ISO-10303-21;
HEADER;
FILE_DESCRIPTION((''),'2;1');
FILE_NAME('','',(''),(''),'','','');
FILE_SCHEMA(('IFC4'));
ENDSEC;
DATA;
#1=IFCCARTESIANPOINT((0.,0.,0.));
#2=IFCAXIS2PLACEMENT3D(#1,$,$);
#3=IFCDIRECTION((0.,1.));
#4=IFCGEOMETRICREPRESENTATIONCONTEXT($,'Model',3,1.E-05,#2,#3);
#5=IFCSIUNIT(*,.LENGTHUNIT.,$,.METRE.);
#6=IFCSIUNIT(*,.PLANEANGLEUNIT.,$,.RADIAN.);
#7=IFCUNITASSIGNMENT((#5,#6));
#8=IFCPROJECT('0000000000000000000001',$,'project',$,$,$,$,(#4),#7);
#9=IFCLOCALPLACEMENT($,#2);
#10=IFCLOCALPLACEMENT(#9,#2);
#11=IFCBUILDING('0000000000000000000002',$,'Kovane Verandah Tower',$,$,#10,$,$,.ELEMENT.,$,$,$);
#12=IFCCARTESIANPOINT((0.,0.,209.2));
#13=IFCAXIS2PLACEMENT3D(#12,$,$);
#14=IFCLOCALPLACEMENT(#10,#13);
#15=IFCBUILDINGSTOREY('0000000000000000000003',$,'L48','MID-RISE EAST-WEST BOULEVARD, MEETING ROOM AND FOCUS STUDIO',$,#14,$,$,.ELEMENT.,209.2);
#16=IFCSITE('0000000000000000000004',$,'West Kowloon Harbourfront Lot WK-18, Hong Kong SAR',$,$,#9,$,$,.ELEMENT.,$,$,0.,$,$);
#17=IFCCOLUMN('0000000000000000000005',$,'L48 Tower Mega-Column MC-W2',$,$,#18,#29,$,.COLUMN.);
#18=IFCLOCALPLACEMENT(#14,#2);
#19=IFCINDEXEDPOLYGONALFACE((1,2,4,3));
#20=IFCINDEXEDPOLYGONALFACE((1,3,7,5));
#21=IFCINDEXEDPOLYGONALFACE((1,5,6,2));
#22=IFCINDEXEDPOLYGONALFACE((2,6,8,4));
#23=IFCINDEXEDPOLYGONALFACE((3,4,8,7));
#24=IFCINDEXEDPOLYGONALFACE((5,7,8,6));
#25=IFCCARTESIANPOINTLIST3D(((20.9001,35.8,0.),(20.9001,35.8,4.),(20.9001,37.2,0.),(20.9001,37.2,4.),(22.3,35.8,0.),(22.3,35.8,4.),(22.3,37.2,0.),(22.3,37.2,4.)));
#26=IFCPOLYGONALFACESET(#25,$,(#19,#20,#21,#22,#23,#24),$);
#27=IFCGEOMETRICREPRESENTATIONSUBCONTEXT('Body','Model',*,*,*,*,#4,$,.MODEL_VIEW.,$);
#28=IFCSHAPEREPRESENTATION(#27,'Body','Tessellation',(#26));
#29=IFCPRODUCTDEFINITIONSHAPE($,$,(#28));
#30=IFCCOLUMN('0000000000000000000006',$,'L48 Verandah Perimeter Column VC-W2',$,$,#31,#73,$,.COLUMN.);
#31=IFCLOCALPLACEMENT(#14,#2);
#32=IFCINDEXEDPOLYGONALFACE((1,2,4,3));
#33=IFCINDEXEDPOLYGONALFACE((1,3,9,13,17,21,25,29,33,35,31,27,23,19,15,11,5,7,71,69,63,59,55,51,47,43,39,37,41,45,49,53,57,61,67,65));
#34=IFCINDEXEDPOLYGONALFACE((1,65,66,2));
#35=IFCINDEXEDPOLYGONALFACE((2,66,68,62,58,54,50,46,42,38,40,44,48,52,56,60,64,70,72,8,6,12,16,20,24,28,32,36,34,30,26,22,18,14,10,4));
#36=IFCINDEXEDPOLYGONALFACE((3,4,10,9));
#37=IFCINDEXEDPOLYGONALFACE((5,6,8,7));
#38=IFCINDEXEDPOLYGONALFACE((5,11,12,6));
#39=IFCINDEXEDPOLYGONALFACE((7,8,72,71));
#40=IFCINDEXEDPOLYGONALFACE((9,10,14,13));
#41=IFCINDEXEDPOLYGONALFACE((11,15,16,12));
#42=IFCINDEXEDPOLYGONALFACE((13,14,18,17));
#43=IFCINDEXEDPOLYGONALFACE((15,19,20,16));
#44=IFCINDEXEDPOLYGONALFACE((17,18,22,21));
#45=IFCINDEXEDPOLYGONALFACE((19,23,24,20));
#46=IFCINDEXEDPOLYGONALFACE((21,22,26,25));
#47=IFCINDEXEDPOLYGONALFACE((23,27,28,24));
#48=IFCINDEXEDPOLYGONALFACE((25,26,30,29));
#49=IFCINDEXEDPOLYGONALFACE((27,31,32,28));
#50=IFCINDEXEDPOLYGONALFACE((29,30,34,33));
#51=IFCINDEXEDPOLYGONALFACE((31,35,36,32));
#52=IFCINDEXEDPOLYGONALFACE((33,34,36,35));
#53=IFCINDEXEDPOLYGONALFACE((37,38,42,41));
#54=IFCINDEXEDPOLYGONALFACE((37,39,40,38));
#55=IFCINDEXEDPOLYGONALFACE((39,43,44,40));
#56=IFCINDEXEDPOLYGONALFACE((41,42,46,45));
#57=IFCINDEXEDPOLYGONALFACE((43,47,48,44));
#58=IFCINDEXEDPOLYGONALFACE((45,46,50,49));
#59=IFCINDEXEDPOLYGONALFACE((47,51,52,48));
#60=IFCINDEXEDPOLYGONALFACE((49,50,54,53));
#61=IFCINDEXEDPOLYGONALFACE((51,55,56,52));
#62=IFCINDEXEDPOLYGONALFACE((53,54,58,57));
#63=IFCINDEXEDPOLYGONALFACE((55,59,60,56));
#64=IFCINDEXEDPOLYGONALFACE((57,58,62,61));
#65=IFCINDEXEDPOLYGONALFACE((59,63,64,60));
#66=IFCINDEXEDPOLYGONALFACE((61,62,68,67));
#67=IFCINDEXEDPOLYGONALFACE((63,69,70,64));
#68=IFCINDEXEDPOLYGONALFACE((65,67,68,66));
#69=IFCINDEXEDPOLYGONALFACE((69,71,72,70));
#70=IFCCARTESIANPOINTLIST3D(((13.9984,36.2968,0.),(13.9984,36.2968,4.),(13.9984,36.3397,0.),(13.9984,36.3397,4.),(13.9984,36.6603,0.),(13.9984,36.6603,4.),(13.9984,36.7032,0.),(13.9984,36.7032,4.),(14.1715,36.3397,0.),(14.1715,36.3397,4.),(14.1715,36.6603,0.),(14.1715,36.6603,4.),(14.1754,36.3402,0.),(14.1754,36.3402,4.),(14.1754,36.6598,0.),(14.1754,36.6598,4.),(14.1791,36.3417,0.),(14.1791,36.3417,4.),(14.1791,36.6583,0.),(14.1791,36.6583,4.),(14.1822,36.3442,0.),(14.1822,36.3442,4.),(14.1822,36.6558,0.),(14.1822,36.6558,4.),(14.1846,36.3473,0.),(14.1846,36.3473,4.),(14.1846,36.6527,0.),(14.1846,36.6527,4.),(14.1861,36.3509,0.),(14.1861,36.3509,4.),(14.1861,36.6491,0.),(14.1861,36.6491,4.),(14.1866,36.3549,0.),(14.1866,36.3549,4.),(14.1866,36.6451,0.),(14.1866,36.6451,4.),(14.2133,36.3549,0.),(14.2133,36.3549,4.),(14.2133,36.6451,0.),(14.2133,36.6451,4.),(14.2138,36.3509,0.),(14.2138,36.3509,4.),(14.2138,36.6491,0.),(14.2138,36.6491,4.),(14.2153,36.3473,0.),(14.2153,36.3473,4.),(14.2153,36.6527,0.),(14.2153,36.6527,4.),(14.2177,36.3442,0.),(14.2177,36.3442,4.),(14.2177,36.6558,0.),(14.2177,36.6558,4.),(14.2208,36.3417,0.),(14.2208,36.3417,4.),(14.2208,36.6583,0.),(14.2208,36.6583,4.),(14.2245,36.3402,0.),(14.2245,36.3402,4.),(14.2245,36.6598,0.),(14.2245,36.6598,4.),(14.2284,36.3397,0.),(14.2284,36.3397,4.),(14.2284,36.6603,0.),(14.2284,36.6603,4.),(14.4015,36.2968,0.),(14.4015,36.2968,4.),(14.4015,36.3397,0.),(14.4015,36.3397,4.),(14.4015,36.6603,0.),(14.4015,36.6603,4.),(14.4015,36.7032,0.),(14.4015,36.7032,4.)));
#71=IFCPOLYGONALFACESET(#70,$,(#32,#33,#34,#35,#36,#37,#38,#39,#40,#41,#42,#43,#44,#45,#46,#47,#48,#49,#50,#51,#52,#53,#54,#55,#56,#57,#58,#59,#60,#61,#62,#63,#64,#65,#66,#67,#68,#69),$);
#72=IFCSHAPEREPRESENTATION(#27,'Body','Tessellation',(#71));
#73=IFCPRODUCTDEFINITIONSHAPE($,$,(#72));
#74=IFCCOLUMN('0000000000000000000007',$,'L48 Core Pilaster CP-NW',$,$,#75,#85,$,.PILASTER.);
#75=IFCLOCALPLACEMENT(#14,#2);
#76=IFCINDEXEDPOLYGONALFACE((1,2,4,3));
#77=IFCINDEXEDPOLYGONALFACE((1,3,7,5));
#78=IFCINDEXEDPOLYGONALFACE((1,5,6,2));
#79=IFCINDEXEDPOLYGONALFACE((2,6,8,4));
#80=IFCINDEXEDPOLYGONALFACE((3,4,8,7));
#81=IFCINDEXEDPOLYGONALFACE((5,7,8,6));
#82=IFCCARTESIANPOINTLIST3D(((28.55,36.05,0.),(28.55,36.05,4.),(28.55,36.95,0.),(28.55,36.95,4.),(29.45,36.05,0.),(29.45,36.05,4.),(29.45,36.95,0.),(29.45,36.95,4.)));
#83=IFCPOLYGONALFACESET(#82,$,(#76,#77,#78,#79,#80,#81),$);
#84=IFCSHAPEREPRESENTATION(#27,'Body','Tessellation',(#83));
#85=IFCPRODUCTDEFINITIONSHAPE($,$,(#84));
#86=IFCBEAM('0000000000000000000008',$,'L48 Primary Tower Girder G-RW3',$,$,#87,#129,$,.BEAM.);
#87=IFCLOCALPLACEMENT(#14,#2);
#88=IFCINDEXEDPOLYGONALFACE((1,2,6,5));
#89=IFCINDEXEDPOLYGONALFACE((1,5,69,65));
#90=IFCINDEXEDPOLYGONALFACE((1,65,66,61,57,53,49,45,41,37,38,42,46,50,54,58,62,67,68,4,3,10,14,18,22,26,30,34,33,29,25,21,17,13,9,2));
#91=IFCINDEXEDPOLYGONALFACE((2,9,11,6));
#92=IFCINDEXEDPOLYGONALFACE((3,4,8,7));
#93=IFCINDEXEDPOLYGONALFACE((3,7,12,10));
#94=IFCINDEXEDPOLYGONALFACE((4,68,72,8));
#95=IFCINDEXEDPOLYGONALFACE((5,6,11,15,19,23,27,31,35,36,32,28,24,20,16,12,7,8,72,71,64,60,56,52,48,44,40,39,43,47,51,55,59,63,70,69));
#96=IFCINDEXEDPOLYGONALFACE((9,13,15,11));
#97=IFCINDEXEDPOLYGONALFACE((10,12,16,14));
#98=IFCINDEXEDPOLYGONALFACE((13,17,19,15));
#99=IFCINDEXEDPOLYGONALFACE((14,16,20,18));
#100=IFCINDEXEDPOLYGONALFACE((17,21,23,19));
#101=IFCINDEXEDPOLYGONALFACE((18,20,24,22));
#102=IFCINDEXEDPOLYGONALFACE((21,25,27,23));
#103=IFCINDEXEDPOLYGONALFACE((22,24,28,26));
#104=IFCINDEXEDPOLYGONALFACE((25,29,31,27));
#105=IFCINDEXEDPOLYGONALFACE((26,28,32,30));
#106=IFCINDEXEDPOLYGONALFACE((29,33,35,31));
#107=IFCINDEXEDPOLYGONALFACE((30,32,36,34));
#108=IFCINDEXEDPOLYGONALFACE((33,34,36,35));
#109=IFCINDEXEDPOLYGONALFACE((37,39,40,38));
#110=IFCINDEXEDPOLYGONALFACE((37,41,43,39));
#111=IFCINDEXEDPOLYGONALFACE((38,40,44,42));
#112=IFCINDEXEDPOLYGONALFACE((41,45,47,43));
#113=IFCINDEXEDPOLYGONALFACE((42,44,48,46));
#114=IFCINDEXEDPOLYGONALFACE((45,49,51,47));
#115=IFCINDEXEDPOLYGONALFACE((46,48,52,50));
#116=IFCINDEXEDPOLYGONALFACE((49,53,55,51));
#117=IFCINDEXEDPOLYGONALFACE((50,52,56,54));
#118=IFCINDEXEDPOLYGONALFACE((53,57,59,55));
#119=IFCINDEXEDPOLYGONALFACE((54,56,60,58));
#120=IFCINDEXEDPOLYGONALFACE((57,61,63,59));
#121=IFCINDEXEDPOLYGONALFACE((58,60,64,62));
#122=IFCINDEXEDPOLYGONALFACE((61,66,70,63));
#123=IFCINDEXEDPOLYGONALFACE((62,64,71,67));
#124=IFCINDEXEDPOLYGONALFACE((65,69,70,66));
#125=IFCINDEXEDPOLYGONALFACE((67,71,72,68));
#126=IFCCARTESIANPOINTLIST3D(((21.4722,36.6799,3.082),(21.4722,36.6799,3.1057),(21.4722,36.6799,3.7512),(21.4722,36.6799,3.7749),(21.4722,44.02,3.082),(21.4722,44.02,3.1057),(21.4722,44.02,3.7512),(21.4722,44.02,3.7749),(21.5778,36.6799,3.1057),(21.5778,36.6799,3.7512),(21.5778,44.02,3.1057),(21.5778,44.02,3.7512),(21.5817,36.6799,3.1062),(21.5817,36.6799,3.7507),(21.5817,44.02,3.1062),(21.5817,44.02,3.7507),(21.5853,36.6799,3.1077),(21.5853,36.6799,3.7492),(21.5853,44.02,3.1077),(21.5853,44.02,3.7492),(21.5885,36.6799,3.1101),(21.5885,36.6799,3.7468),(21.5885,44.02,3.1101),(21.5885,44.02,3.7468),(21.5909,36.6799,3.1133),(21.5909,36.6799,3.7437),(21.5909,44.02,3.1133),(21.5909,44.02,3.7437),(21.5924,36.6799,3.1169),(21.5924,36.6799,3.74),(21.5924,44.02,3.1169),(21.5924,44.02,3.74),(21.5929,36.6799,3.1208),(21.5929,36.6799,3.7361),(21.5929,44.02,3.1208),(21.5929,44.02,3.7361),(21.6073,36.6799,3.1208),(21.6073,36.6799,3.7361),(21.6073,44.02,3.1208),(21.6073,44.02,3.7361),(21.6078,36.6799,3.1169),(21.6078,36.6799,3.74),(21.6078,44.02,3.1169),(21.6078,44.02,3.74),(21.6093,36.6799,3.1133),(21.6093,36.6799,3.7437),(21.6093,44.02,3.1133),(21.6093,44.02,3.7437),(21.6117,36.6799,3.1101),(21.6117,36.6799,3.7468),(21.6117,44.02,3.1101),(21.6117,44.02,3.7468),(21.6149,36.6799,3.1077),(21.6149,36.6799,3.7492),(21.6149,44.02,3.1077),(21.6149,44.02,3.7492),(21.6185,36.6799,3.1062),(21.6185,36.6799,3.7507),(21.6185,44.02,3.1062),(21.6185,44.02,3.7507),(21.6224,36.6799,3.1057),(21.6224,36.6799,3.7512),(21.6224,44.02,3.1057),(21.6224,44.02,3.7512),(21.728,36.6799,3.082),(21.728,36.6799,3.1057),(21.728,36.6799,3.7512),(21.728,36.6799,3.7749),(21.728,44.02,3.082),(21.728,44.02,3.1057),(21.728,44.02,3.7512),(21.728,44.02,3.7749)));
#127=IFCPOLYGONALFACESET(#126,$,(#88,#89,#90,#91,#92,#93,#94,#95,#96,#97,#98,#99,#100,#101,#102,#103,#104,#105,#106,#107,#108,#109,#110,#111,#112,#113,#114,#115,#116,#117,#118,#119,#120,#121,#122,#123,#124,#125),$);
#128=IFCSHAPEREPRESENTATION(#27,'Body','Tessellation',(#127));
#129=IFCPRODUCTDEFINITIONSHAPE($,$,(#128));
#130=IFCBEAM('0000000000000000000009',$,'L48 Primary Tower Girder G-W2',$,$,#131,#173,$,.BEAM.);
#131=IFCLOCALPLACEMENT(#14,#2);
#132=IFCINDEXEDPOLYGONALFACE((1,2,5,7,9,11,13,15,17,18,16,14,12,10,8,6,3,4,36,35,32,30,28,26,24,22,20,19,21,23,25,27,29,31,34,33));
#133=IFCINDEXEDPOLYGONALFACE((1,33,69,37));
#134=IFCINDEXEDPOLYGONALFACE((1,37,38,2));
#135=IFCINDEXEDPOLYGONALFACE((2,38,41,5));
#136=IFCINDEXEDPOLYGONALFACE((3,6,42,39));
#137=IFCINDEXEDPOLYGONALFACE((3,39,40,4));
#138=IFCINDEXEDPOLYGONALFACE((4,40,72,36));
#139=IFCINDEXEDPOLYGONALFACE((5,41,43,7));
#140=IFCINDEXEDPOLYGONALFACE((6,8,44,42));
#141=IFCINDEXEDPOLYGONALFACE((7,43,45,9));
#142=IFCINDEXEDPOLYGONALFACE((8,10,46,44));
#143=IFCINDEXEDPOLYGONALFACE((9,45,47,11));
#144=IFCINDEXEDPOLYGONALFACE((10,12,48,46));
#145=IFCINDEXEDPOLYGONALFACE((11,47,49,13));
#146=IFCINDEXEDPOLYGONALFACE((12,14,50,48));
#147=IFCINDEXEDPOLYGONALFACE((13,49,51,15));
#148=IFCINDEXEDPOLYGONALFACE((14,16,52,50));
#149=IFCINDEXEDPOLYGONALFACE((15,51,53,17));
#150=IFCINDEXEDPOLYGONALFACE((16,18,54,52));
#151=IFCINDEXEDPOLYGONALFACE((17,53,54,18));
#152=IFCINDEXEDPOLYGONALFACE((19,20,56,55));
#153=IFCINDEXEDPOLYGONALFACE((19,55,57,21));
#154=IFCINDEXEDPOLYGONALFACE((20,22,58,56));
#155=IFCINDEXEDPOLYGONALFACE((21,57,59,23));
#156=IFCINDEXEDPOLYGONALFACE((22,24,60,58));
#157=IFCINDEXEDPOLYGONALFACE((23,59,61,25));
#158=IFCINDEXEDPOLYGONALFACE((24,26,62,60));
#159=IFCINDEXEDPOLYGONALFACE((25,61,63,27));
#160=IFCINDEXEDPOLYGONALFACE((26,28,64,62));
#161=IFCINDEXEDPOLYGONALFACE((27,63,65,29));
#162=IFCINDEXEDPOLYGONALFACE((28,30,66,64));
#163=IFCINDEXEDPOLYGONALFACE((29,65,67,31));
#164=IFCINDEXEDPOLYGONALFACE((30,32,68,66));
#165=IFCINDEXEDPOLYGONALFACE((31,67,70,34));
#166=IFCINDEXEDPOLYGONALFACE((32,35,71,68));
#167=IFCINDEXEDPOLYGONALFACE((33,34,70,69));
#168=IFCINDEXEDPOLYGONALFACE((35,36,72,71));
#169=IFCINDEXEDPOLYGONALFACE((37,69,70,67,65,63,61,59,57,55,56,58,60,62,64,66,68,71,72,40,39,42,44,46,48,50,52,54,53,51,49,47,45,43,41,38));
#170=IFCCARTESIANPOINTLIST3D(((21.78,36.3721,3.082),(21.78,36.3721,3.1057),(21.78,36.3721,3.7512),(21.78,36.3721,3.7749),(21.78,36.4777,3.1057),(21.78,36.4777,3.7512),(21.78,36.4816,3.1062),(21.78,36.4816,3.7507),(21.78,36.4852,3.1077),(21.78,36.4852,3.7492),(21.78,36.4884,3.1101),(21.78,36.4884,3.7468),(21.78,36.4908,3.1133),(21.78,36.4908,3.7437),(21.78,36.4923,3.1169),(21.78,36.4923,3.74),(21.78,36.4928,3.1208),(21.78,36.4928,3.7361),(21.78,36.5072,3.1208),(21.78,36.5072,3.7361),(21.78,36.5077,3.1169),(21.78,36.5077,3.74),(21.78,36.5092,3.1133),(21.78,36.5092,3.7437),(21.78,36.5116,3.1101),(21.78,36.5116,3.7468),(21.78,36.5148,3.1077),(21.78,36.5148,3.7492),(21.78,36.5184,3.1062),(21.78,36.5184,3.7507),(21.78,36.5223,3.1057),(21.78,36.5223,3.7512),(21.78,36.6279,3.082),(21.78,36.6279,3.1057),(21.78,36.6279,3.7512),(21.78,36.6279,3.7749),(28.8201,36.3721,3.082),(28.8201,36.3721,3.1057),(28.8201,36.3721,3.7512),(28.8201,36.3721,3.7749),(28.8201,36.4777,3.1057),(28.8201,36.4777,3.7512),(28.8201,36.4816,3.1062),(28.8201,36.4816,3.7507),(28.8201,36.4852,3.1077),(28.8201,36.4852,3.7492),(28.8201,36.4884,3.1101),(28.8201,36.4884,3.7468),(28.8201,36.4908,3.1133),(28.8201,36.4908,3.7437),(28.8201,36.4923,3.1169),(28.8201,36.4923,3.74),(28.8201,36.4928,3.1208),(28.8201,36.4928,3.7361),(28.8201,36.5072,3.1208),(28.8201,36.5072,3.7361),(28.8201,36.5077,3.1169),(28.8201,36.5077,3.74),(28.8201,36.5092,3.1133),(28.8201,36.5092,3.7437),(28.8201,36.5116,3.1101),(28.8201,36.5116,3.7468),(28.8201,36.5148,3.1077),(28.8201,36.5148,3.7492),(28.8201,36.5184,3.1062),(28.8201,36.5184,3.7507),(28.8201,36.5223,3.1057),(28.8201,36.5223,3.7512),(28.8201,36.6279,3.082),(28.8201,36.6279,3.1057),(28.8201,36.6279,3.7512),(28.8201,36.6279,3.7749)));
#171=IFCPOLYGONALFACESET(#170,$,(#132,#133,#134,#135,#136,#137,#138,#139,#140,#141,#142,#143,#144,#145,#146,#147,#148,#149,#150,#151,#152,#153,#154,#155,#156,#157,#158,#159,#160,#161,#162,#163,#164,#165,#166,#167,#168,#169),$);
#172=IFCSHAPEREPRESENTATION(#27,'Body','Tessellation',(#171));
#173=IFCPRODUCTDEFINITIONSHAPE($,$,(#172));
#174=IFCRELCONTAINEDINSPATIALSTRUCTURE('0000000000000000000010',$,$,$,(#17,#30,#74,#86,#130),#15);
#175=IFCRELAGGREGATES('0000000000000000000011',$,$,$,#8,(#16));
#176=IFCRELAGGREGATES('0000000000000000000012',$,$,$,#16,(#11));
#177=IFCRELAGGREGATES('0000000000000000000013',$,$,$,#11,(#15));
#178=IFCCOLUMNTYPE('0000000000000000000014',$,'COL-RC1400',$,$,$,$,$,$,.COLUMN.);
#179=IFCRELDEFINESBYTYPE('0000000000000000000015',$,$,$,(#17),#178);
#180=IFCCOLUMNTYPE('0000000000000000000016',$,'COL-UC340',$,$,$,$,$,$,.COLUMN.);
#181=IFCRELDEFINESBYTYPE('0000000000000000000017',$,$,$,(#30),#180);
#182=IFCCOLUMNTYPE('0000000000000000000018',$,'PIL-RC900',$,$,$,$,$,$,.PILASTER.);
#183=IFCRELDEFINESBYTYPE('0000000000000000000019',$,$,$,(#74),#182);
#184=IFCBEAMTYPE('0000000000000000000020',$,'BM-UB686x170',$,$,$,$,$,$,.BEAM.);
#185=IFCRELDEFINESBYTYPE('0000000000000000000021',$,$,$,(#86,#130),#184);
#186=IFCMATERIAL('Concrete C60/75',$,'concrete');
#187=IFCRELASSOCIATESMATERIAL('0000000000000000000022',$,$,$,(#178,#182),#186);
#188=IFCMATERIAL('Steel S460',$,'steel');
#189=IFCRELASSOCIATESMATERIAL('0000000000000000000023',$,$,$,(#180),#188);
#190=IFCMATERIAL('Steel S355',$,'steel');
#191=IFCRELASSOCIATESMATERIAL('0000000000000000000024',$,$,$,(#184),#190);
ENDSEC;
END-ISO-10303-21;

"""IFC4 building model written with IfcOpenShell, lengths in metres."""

from ifc_helpers import new_model, si_unit, direction, frame, origin, origin_2d, place, context, subcontext, project, spatial, rectangle, i_section, extrude, material, material_profile, profile_set, type_object, element, save


model = new_model("IFC4")

# Units and contexts
model_context = context("Model", 3, precision=1e-05, world=origin(), true_north=direction((0.0, 1.0)))
body_context = subcontext(model_context, "Body", "Model", "MODEL_VIEW")
ifc_project = project(units=[si_unit("LENGTHUNIT", "METRE"), si_unit("PLANEANGLEUNIT", "RADIAN")], contexts=[model_context])

# Site, building, storey
site_placement = place(None, origin())
site = spatial("IfcSite", under=ifc_project, at=site_placement, Name="West Kowloon Harbourfront Lot WK-18, Hong Kong SAR", CompositionType="ELEMENT", RefElevation=0.0)
building_placement = place(site_placement, origin())
building = spatial("IfcBuilding", under=site, at=building_placement, Name="Kovane Verandah Tower", CompositionType="ELEMENT")
storey_placement = place(building_placement, frame((0.0, 0.0, 209.2)))
storey = spatial("IfcBuildingStorey", under=building, at=storey_placement, Name="L48", Description="MID-RISE EAST-WEST BOULEVARD, MEETING ROOM AND FOCUS STUDIO", CompositionType="ELEMENT", Elevation=209.2)

# Columns
ifc_material_1 = material(Name="Concrete C60/75", Category="concrete")
ifc_material_profile_1 = material_profile(ifc_material_1, rectangle(XDim=1.3999, YDim=1.3999, at=origin_2d()), Name="RC1400x1400")
ifc_profile_set_1 = profile_set([ifc_material_profile_1], Name="Concrete C60/75")
column_type_1 = type_object("IfcColumnType", Name="COL-RC1400", PredefinedType="COLUMN", material=ifc_profile_set_1)
column_1_placement = place(storey_placement, frame((21.6001, 36.5, 0.0), z_axis=(0.0, 0.0, 1.0), x_axis=(1.0, 0.0, 0.0)))
element("IfcColumn", 1, at=column_1_placement, inside=storey, type_object=column_type_1, Name="L48 Tower Mega-Column MC-W2", PredefinedType="COLUMN", context=body_context, shape_type="SweptSolid", body=[
    extrude(rectangle(XDim=1.3999, YDim=1.3999, at=origin_2d()), origin(), (0.0, 0.0, 1.0), 4.0),
])
ifc_material_2 = material(Name="Steel S460", Category="steel")
ifc_material_profile_2 = material_profile(ifc_material_2, i_section(OverallWidth=0.4031, OverallDepth=0.4065, WebThickness=0.0266, FlangeThickness=0.043, FilletRadius=0.0151, at=origin_2d()), Name="UC356x406x340")
ifc_profile_set_2 = profile_set([ifc_material_profile_2], Name="Steel S460")
column_type_2 = type_object("IfcColumnType", Name="COL-UC340", PredefinedType="COLUMN", material=ifc_profile_set_2)
column_2_placement = place(storey_placement, frame((14.2, 36.5, 0.0), z_axis=(0.0, 0.0, 1.0), x_axis=(1.0, 0.0, 0.0)))
element("IfcColumn", 2, at=column_2_placement, inside=storey, type_object=column_type_2, Name="L48 Verandah Perimeter Column VC-W2", PredefinedType="COLUMN", context=body_context, shape_type="SweptSolid", body=[
    extrude(i_section(OverallWidth=0.4031, OverallDepth=0.4065, WebThickness=0.0266, FlangeThickness=0.043, FilletRadius=0.0151, at=origin_2d()), origin(), (0.0, 0.0, 1.0), 4.0),
])
ifc_material_profile_3 = material_profile(ifc_material_1, rectangle(XDim=0.8999, YDim=0.8999, at=origin_2d()), Name="RC900x900")
ifc_profile_set_3 = profile_set([ifc_material_profile_3], Name="Concrete C60/75")
column_type_3 = type_object("IfcColumnType", Name="PIL-RC900", PredefinedType="PILASTER", material=ifc_profile_set_3)
column_3_placement = place(storey_placement, frame((29.0, 36.5, 0.0), z_axis=(0.0, 0.0, 1.0), x_axis=(1.0, 0.0, 0.0)))
element("IfcColumn", 3, at=column_3_placement, inside=storey, type_object=column_type_3, Name="L48 Core Pilaster CP-NW", PredefinedType="PILASTER", context=body_context, shape_type="SweptSolid", body=[
    extrude(rectangle(XDim=0.8999, YDim=0.8999, at=origin_2d()), origin(), (0.0, 0.0, 1.0), 4.0),
])

# Beams
ifc_material_3 = material(Name="Steel S355", Category="steel")
ifc_material_profile_4 = material_profile(ifc_material_3, i_section(OverallWidth=0.2559, OverallDepth=0.6929, WebThickness=0.0144, FlangeThickness=0.0237, FilletRadius=0.0151, at=origin_2d()), Name="UB686x254x170")
ifc_profile_set_4 = profile_set([ifc_material_profile_4], Name="Steel S355")
beam_type_1 = type_object("IfcBeamType", Name="BM-UB686x170", PredefinedType="BEAM", material=ifc_profile_set_4)
beam_1_placement = place(storey_placement, frame((21.6001, 36.6799, 3.4285), z_axis=(0.0, 1.0, 0.0), x_axis=(-1.0, 0.0, 0.0)))
element("IfcBeam", 4, at=beam_1_placement, inside=storey, type_object=beam_type_1, Name="L48 Primary Tower Girder G-RW3", PredefinedType="BEAM", context=body_context, shape_type="SweptSolid", body=[
    extrude(i_section(OverallWidth=0.2559, OverallDepth=0.6929, WebThickness=0.0144, FlangeThickness=0.0237, FilletRadius=0.0151, at=origin_2d()), origin(), (0.0, 0.0, 1.0), 7.3401),
])
beam_2_placement = place(storey_placement, frame((28.8201, 36.5, 3.4285), z_axis=(-1.0, 0.0, 0.0), x_axis=(0.0, -1.0, 0.0)))
element("IfcBeam", 5, at=beam_2_placement, inside=storey, type_object=beam_type_1, Name="L48 Primary Tower Girder G-W2", PredefinedType="BEAM", context=body_context, shape_type="SweptSolid", body=[
    extrude(i_section(OverallWidth=0.2559, OverallDepth=0.6929, WebThickness=0.0144, FlangeThickness=0.0237, FilletRadius=0.0151, at=origin_2d()), origin(), (0.0, 0.0, 1.0), 7.04),
])

save(model, "model.ifc")
